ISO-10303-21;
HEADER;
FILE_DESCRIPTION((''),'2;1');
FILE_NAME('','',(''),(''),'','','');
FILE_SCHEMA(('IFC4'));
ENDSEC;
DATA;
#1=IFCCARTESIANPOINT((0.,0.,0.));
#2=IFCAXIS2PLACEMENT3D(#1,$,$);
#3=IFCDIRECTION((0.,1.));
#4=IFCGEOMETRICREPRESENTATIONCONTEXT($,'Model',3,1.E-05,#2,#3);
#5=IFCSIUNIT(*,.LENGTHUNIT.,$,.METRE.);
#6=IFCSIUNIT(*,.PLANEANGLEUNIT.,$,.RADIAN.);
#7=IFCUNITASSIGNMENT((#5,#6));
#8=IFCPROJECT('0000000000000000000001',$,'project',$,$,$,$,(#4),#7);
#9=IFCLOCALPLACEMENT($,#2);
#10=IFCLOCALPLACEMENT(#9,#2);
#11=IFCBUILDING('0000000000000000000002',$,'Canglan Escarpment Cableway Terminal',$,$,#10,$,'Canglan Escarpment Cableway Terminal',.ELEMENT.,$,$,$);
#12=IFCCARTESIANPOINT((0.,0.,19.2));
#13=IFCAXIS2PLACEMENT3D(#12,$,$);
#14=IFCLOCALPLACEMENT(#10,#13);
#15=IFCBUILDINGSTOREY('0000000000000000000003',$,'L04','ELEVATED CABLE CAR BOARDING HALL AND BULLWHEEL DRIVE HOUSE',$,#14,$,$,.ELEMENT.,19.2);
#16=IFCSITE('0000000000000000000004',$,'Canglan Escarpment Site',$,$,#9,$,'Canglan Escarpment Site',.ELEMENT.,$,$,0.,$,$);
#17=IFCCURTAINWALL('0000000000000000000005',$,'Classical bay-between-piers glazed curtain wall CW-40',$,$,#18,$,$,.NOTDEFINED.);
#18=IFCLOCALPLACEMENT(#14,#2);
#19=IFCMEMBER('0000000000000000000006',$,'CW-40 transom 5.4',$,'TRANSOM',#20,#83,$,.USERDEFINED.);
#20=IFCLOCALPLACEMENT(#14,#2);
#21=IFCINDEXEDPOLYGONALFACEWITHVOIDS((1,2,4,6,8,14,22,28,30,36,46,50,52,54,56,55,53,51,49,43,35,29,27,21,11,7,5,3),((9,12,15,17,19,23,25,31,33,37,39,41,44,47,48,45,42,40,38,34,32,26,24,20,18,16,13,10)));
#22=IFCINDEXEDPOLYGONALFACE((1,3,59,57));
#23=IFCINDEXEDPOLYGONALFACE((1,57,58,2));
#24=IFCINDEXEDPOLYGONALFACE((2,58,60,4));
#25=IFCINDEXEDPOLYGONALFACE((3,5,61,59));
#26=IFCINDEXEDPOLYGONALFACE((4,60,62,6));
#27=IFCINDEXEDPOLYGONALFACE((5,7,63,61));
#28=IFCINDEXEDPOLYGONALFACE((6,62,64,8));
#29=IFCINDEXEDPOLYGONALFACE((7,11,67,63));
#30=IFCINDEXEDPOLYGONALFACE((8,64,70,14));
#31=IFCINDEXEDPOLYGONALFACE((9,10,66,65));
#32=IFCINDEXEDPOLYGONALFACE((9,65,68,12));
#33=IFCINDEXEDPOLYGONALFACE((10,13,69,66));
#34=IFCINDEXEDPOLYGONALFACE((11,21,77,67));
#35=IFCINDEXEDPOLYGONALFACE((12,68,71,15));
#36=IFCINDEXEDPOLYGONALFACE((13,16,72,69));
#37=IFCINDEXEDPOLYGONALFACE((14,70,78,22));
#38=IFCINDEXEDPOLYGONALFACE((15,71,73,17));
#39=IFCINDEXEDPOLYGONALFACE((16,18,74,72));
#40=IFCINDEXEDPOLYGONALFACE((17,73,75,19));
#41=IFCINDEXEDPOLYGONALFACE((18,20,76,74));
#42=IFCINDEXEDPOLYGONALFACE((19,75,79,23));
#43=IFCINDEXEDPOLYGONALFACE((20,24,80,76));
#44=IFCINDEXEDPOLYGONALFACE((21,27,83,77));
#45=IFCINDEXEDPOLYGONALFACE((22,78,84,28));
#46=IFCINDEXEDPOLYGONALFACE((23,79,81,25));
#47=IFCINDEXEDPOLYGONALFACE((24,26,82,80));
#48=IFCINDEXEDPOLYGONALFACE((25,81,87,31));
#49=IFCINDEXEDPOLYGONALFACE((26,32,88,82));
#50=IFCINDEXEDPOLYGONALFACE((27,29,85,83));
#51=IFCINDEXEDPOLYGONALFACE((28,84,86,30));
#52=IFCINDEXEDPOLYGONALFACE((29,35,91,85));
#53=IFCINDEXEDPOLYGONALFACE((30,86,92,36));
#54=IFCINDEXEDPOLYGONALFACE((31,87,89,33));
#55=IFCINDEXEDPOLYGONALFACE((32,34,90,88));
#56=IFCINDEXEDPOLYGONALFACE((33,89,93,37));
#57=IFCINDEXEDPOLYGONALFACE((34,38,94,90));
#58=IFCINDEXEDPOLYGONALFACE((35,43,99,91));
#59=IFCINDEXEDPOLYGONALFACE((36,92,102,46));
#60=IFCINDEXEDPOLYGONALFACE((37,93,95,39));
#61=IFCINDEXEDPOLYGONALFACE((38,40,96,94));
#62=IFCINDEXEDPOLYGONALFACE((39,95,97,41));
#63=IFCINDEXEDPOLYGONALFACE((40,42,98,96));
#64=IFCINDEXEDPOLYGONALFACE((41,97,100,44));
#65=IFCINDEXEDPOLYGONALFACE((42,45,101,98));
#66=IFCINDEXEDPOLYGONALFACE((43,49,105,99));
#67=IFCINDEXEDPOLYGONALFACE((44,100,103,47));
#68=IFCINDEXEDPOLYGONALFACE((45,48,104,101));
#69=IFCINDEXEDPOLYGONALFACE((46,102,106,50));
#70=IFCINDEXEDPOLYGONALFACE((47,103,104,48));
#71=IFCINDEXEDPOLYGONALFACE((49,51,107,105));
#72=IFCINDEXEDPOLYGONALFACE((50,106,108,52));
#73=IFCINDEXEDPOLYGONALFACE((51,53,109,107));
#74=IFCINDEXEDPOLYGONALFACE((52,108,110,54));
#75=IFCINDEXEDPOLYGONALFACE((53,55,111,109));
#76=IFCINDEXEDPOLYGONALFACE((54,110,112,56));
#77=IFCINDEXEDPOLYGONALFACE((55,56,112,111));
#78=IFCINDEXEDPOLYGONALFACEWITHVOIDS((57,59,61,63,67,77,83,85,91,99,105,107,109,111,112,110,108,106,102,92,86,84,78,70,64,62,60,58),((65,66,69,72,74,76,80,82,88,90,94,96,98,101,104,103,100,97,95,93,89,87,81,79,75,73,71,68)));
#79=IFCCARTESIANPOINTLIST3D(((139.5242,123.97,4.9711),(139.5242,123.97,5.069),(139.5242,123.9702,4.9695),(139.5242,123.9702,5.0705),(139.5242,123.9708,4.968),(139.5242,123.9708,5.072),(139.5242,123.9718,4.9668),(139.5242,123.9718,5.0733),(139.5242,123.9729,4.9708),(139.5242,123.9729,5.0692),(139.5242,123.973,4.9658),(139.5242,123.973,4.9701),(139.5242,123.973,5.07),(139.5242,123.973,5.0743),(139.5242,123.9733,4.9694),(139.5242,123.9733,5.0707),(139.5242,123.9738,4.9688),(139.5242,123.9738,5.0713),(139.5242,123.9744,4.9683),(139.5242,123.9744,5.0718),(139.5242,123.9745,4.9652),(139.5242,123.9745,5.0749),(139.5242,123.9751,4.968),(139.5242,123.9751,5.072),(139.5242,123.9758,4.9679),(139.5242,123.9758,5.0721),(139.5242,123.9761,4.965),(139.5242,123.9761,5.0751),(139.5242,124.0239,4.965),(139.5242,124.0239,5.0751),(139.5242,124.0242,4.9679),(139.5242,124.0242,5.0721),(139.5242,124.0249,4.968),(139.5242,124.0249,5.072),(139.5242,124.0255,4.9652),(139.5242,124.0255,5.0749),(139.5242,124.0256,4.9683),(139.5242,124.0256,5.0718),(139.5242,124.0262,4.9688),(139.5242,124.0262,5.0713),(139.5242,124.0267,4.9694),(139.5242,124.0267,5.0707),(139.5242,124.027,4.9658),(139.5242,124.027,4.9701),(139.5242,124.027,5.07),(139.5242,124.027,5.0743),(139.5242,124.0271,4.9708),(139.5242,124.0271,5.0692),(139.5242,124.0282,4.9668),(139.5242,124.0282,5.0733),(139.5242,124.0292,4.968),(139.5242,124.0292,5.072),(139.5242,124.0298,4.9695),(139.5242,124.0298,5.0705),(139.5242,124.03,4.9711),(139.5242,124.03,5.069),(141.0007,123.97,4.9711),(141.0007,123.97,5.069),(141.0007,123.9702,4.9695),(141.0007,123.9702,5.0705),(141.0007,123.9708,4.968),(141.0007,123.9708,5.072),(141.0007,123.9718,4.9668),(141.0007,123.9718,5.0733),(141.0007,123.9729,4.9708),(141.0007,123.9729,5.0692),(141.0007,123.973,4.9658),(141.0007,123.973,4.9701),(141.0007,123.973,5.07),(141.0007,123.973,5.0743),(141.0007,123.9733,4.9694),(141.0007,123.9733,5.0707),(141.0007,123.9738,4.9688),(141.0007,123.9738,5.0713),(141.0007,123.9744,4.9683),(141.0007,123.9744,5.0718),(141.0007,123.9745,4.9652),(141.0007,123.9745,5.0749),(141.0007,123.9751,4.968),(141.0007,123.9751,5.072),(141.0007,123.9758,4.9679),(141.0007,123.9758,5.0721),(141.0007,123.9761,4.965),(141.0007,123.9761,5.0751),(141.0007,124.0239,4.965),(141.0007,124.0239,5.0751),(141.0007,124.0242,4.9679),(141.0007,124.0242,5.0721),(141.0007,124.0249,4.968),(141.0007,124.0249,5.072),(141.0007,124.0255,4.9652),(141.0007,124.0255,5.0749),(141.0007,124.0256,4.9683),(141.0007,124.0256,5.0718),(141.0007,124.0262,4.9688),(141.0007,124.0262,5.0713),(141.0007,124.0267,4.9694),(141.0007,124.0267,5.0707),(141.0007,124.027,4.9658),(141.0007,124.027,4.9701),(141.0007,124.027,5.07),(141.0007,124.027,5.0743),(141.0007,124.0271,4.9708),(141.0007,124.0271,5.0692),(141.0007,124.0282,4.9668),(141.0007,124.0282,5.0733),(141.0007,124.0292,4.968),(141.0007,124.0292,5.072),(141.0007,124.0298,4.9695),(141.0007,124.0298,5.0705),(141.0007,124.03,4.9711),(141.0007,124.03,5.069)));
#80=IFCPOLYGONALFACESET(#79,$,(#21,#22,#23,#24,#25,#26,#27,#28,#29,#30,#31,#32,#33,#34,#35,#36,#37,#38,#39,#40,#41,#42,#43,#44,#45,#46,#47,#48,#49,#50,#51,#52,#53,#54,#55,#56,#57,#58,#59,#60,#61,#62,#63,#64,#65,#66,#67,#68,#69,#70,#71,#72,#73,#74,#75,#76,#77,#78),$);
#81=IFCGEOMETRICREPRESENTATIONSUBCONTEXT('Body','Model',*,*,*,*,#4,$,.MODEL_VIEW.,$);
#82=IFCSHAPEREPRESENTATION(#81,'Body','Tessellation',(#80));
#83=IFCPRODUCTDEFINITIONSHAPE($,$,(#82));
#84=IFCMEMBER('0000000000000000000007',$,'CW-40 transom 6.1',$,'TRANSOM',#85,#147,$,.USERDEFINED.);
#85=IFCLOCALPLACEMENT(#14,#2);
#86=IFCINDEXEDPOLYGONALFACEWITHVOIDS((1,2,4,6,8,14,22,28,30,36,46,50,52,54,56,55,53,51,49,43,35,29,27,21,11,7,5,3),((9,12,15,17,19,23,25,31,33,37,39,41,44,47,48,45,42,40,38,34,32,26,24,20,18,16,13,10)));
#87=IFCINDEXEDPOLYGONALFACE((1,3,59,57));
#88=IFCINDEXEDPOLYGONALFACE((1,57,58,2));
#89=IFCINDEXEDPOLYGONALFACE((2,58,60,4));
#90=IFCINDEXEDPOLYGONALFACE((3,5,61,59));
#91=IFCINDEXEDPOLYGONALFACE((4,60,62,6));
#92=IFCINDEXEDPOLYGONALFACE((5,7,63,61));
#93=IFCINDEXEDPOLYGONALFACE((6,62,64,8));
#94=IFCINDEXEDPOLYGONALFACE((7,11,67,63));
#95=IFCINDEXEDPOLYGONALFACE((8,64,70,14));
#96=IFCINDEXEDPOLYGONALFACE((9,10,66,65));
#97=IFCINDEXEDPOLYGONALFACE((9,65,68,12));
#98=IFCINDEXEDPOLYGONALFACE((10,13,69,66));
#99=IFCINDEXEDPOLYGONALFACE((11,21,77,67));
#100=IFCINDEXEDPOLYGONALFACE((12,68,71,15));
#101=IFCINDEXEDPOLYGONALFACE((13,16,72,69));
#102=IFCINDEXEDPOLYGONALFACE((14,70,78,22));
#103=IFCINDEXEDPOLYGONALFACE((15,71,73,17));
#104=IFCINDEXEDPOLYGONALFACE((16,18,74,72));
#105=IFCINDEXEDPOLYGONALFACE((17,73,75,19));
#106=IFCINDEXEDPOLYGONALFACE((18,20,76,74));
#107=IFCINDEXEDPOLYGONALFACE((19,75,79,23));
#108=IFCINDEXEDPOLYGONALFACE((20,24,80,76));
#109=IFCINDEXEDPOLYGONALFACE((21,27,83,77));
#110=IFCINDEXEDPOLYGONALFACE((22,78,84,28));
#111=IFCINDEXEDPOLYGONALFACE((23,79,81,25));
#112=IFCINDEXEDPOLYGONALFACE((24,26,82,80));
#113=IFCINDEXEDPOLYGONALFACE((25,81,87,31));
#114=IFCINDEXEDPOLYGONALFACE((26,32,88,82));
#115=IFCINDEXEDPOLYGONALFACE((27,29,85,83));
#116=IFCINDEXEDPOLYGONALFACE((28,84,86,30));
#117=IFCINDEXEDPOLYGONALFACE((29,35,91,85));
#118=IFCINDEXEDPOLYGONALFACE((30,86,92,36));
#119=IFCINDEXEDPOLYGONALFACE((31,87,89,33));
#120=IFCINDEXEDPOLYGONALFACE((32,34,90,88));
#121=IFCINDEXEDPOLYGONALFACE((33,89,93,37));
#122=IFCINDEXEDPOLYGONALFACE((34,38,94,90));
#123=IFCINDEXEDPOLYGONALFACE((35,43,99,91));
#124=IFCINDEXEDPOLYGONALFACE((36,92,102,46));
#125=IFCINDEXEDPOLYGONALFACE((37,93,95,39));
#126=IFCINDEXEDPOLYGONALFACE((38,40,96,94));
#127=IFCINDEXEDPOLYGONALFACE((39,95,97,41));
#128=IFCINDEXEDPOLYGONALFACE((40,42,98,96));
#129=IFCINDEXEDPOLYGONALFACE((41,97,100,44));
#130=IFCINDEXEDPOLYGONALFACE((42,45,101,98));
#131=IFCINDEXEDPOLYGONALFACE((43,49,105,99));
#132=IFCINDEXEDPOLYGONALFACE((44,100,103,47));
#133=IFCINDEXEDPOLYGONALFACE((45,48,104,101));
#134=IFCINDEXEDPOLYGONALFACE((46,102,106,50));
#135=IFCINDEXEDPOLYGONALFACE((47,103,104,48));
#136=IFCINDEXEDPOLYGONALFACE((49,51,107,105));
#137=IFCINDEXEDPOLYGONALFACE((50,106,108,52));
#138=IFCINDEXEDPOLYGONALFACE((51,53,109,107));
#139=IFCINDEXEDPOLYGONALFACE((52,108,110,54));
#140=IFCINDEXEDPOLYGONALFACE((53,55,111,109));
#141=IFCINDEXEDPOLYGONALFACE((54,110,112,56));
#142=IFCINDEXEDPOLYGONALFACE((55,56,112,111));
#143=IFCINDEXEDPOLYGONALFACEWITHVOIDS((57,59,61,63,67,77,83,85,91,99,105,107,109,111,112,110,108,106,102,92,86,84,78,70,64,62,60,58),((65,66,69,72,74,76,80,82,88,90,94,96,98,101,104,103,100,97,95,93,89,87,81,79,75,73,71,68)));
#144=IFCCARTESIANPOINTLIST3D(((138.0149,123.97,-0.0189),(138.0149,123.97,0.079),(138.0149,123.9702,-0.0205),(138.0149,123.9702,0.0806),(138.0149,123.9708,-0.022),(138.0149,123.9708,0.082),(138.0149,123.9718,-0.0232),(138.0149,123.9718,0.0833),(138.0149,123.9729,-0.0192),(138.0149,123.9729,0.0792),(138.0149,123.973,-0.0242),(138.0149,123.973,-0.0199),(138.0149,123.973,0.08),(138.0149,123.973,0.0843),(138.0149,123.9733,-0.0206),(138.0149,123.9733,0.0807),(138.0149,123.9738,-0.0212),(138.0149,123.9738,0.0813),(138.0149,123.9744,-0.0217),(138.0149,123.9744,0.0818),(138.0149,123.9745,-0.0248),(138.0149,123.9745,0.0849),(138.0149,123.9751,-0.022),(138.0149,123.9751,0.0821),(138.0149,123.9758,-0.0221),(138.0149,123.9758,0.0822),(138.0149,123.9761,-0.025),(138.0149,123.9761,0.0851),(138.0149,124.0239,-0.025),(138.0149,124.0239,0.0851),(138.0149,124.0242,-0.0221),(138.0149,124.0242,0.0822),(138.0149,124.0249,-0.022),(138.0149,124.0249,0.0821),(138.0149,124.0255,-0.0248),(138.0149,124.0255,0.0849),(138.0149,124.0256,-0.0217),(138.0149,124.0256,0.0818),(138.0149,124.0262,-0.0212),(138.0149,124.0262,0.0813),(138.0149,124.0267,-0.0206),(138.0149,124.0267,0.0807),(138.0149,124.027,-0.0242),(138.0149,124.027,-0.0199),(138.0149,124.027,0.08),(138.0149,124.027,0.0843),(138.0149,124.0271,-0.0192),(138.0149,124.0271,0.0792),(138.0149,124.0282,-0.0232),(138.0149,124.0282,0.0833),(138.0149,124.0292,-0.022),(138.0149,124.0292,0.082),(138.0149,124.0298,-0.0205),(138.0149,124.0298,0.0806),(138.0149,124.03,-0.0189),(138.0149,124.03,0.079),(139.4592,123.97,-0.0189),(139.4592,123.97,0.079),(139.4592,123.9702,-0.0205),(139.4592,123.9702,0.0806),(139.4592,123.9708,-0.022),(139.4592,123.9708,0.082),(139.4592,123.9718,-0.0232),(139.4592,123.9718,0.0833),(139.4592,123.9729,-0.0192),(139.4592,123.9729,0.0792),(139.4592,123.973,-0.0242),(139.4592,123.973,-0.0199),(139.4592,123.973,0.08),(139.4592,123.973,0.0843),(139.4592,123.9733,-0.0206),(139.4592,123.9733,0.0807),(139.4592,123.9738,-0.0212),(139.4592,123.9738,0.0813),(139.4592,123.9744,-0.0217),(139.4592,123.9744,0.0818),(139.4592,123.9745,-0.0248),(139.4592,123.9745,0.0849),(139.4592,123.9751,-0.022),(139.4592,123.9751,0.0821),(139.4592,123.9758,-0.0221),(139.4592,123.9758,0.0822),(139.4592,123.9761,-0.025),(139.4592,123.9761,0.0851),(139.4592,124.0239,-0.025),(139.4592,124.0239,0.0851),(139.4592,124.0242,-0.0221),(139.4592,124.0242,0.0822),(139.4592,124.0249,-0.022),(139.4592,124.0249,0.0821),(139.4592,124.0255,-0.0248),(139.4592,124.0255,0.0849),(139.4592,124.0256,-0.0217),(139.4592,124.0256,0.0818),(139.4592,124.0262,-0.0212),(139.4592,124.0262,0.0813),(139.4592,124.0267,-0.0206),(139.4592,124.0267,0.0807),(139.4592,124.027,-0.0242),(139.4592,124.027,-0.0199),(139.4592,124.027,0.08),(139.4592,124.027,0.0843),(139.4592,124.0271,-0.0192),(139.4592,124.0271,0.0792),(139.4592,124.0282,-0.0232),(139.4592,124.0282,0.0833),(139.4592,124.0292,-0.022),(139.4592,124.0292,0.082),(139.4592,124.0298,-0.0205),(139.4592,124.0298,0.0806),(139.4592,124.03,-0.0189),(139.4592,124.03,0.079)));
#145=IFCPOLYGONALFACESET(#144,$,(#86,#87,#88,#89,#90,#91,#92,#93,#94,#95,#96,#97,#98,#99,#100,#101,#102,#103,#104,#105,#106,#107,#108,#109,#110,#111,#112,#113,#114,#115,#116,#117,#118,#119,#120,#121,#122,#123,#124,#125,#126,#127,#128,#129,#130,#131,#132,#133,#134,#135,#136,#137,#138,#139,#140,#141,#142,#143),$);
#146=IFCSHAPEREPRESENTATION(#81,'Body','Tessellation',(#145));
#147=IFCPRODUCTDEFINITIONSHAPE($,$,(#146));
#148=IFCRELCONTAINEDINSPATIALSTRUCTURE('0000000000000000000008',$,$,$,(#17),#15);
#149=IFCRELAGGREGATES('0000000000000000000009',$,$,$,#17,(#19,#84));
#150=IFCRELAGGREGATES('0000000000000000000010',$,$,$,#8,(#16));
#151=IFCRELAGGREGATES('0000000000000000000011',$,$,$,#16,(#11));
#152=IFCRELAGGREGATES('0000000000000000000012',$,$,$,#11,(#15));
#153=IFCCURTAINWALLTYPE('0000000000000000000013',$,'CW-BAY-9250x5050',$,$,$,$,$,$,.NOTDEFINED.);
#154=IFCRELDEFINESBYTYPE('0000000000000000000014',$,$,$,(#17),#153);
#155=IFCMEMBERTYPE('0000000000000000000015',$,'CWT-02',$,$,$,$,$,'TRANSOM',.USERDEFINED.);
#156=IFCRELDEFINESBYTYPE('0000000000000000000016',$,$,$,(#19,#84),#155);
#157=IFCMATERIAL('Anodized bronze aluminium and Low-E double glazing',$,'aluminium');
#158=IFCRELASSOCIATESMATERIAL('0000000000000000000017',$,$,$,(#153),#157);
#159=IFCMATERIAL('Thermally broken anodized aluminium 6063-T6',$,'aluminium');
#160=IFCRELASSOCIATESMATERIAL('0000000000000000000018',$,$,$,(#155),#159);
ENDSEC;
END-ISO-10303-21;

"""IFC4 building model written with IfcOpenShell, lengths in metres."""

from ifc_helpers import new_model, si_unit, direction, frame, origin, origin_2d, place, context, subcontext, project, spatial, hollow_rectangle, extrude, material, material_profile, profile_set, type_object, element, aggregate, save


model = new_model("IFC4")

# Units and contexts
model_context = context("Model", 3, precision=1e-05, world=origin(), true_north=direction((0.0, 1.0)))
body_context = subcontext(model_context, "Body", "Model", "MODEL_VIEW")
ifc_project = project(units=[si_unit("LENGTHUNIT", "METRE"), si_unit("PLANEANGLEUNIT", "RADIAN")], contexts=[model_context])

# Site, building, storey
site_placement = place(None, origin())
site = spatial("IfcSite", under=ifc_project, at=site_placement, Name="Canglan Escarpment Site", LongName="Canglan Escarpment Site", CompositionType="ELEMENT", RefElevation=0.0)
building_placement = place(site_placement, origin())
building = spatial("IfcBuilding", under=site, at=building_placement, Name="Canglan Escarpment Cableway Terminal", LongName="Canglan Escarpment Cableway Terminal", CompositionType="ELEMENT")
storey_placement = place(building_placement, frame((0.0, 0.0, 19.2)))
storey = spatial("IfcBuildingStorey", under=building, at=storey_placement, Name="L04", Description="ELEVATED CABLE CAR BOARDING HALL AND BULLWHEEL DRIVE HOUSE", CompositionType="ELEMENT", Elevation=19.2)

# Curtain wall
ifc_material_1 = material(Name="Anodized bronze aluminium and Low-E double glazing", Category="aluminium")
curtain_wall_type_1 = type_object("IfcCurtainWallType", Name="CW-BAY-9250x5050", PredefinedType="NOTDEFINED", material=ifc_material_1)
curtain_wall_1_placement = place(storey_placement, origin())
curtain_wall_1 = element("IfcCurtainWall", 1, at=curtain_wall_1_placement, inside=storey, type_object=curtain_wall_type_1, Name="Classical bay-between-piers glazed curtain wall CW-40", PredefinedType="NOTDEFINED")
ifc_material_2 = material(Name="Thermally broken anodized aluminium 6063-T6", Category="aluminium")

# Members
ifc_material_profile_1 = material_profile(ifc_material_2, hollow_rectangle(XDim=0.0601, YDim=0.1101, WallThickness=0.0029, InnerFilletRadius=0.0029, OuterFilletRadius=0.0061, at=origin_2d()), Name="ALU-TRAN 60x110x3")
ifc_profile_set_1 = profile_set([ifc_material_profile_1], Name="Thermally broken anodized aluminium 6063-T6")
member_type_1 = type_object("IfcMemberType", Name="CWT-02", ElementType="TRANSOM", PredefinedType="USERDEFINED", material=ifc_profile_set_1)
member_1_placement = place(storey_placement, frame((141.0007, 124.0, 5.02), z_axis=(-1.0, 0.0, 0.0), x_axis=(0.0, -1.0, 0.0)))
member_1 = element("IfcMember", 2, at=member_1_placement, type_object=member_type_1, Name="CW-40 transom 5.4", ObjectType="TRANSOM", PredefinedType="USERDEFINED", context=body_context, shape_type="SweptSolid", body=[
    extrude(hollow_rectangle(XDim=0.0601, YDim=0.1101, WallThickness=0.0029, InnerFilletRadius=0.0029, OuterFilletRadius=0.0061, at=origin_2d()), origin(), (0.0, 0.0, 1.0), 1.4766),
])
member_2_placement = place(storey_placement, frame((139.4592, 124.0, 0.03), z_axis=(-1.0, 0.0, 0.0), x_axis=(0.0, -1.0, 0.0)))
member_2 = element("IfcMember", 3, at=member_2_placement, type_object=member_type_1, Name="CW-40 transom 6.1", ObjectType="TRANSOM", PredefinedType="USERDEFINED", context=body_context, shape_type="SweptSolid", body=[
    extrude(hollow_rectangle(XDim=0.0601, YDim=0.1101, WallThickness=0.0029, InnerFilletRadius=0.0029, OuterFilletRadius=0.0061, at=origin_2d()), origin(), (0.0, 0.0, 1.0), 1.4443),
])

aggregate(curtain_wall_1, [member_1, member_2])

save(model, "model.ifc")
